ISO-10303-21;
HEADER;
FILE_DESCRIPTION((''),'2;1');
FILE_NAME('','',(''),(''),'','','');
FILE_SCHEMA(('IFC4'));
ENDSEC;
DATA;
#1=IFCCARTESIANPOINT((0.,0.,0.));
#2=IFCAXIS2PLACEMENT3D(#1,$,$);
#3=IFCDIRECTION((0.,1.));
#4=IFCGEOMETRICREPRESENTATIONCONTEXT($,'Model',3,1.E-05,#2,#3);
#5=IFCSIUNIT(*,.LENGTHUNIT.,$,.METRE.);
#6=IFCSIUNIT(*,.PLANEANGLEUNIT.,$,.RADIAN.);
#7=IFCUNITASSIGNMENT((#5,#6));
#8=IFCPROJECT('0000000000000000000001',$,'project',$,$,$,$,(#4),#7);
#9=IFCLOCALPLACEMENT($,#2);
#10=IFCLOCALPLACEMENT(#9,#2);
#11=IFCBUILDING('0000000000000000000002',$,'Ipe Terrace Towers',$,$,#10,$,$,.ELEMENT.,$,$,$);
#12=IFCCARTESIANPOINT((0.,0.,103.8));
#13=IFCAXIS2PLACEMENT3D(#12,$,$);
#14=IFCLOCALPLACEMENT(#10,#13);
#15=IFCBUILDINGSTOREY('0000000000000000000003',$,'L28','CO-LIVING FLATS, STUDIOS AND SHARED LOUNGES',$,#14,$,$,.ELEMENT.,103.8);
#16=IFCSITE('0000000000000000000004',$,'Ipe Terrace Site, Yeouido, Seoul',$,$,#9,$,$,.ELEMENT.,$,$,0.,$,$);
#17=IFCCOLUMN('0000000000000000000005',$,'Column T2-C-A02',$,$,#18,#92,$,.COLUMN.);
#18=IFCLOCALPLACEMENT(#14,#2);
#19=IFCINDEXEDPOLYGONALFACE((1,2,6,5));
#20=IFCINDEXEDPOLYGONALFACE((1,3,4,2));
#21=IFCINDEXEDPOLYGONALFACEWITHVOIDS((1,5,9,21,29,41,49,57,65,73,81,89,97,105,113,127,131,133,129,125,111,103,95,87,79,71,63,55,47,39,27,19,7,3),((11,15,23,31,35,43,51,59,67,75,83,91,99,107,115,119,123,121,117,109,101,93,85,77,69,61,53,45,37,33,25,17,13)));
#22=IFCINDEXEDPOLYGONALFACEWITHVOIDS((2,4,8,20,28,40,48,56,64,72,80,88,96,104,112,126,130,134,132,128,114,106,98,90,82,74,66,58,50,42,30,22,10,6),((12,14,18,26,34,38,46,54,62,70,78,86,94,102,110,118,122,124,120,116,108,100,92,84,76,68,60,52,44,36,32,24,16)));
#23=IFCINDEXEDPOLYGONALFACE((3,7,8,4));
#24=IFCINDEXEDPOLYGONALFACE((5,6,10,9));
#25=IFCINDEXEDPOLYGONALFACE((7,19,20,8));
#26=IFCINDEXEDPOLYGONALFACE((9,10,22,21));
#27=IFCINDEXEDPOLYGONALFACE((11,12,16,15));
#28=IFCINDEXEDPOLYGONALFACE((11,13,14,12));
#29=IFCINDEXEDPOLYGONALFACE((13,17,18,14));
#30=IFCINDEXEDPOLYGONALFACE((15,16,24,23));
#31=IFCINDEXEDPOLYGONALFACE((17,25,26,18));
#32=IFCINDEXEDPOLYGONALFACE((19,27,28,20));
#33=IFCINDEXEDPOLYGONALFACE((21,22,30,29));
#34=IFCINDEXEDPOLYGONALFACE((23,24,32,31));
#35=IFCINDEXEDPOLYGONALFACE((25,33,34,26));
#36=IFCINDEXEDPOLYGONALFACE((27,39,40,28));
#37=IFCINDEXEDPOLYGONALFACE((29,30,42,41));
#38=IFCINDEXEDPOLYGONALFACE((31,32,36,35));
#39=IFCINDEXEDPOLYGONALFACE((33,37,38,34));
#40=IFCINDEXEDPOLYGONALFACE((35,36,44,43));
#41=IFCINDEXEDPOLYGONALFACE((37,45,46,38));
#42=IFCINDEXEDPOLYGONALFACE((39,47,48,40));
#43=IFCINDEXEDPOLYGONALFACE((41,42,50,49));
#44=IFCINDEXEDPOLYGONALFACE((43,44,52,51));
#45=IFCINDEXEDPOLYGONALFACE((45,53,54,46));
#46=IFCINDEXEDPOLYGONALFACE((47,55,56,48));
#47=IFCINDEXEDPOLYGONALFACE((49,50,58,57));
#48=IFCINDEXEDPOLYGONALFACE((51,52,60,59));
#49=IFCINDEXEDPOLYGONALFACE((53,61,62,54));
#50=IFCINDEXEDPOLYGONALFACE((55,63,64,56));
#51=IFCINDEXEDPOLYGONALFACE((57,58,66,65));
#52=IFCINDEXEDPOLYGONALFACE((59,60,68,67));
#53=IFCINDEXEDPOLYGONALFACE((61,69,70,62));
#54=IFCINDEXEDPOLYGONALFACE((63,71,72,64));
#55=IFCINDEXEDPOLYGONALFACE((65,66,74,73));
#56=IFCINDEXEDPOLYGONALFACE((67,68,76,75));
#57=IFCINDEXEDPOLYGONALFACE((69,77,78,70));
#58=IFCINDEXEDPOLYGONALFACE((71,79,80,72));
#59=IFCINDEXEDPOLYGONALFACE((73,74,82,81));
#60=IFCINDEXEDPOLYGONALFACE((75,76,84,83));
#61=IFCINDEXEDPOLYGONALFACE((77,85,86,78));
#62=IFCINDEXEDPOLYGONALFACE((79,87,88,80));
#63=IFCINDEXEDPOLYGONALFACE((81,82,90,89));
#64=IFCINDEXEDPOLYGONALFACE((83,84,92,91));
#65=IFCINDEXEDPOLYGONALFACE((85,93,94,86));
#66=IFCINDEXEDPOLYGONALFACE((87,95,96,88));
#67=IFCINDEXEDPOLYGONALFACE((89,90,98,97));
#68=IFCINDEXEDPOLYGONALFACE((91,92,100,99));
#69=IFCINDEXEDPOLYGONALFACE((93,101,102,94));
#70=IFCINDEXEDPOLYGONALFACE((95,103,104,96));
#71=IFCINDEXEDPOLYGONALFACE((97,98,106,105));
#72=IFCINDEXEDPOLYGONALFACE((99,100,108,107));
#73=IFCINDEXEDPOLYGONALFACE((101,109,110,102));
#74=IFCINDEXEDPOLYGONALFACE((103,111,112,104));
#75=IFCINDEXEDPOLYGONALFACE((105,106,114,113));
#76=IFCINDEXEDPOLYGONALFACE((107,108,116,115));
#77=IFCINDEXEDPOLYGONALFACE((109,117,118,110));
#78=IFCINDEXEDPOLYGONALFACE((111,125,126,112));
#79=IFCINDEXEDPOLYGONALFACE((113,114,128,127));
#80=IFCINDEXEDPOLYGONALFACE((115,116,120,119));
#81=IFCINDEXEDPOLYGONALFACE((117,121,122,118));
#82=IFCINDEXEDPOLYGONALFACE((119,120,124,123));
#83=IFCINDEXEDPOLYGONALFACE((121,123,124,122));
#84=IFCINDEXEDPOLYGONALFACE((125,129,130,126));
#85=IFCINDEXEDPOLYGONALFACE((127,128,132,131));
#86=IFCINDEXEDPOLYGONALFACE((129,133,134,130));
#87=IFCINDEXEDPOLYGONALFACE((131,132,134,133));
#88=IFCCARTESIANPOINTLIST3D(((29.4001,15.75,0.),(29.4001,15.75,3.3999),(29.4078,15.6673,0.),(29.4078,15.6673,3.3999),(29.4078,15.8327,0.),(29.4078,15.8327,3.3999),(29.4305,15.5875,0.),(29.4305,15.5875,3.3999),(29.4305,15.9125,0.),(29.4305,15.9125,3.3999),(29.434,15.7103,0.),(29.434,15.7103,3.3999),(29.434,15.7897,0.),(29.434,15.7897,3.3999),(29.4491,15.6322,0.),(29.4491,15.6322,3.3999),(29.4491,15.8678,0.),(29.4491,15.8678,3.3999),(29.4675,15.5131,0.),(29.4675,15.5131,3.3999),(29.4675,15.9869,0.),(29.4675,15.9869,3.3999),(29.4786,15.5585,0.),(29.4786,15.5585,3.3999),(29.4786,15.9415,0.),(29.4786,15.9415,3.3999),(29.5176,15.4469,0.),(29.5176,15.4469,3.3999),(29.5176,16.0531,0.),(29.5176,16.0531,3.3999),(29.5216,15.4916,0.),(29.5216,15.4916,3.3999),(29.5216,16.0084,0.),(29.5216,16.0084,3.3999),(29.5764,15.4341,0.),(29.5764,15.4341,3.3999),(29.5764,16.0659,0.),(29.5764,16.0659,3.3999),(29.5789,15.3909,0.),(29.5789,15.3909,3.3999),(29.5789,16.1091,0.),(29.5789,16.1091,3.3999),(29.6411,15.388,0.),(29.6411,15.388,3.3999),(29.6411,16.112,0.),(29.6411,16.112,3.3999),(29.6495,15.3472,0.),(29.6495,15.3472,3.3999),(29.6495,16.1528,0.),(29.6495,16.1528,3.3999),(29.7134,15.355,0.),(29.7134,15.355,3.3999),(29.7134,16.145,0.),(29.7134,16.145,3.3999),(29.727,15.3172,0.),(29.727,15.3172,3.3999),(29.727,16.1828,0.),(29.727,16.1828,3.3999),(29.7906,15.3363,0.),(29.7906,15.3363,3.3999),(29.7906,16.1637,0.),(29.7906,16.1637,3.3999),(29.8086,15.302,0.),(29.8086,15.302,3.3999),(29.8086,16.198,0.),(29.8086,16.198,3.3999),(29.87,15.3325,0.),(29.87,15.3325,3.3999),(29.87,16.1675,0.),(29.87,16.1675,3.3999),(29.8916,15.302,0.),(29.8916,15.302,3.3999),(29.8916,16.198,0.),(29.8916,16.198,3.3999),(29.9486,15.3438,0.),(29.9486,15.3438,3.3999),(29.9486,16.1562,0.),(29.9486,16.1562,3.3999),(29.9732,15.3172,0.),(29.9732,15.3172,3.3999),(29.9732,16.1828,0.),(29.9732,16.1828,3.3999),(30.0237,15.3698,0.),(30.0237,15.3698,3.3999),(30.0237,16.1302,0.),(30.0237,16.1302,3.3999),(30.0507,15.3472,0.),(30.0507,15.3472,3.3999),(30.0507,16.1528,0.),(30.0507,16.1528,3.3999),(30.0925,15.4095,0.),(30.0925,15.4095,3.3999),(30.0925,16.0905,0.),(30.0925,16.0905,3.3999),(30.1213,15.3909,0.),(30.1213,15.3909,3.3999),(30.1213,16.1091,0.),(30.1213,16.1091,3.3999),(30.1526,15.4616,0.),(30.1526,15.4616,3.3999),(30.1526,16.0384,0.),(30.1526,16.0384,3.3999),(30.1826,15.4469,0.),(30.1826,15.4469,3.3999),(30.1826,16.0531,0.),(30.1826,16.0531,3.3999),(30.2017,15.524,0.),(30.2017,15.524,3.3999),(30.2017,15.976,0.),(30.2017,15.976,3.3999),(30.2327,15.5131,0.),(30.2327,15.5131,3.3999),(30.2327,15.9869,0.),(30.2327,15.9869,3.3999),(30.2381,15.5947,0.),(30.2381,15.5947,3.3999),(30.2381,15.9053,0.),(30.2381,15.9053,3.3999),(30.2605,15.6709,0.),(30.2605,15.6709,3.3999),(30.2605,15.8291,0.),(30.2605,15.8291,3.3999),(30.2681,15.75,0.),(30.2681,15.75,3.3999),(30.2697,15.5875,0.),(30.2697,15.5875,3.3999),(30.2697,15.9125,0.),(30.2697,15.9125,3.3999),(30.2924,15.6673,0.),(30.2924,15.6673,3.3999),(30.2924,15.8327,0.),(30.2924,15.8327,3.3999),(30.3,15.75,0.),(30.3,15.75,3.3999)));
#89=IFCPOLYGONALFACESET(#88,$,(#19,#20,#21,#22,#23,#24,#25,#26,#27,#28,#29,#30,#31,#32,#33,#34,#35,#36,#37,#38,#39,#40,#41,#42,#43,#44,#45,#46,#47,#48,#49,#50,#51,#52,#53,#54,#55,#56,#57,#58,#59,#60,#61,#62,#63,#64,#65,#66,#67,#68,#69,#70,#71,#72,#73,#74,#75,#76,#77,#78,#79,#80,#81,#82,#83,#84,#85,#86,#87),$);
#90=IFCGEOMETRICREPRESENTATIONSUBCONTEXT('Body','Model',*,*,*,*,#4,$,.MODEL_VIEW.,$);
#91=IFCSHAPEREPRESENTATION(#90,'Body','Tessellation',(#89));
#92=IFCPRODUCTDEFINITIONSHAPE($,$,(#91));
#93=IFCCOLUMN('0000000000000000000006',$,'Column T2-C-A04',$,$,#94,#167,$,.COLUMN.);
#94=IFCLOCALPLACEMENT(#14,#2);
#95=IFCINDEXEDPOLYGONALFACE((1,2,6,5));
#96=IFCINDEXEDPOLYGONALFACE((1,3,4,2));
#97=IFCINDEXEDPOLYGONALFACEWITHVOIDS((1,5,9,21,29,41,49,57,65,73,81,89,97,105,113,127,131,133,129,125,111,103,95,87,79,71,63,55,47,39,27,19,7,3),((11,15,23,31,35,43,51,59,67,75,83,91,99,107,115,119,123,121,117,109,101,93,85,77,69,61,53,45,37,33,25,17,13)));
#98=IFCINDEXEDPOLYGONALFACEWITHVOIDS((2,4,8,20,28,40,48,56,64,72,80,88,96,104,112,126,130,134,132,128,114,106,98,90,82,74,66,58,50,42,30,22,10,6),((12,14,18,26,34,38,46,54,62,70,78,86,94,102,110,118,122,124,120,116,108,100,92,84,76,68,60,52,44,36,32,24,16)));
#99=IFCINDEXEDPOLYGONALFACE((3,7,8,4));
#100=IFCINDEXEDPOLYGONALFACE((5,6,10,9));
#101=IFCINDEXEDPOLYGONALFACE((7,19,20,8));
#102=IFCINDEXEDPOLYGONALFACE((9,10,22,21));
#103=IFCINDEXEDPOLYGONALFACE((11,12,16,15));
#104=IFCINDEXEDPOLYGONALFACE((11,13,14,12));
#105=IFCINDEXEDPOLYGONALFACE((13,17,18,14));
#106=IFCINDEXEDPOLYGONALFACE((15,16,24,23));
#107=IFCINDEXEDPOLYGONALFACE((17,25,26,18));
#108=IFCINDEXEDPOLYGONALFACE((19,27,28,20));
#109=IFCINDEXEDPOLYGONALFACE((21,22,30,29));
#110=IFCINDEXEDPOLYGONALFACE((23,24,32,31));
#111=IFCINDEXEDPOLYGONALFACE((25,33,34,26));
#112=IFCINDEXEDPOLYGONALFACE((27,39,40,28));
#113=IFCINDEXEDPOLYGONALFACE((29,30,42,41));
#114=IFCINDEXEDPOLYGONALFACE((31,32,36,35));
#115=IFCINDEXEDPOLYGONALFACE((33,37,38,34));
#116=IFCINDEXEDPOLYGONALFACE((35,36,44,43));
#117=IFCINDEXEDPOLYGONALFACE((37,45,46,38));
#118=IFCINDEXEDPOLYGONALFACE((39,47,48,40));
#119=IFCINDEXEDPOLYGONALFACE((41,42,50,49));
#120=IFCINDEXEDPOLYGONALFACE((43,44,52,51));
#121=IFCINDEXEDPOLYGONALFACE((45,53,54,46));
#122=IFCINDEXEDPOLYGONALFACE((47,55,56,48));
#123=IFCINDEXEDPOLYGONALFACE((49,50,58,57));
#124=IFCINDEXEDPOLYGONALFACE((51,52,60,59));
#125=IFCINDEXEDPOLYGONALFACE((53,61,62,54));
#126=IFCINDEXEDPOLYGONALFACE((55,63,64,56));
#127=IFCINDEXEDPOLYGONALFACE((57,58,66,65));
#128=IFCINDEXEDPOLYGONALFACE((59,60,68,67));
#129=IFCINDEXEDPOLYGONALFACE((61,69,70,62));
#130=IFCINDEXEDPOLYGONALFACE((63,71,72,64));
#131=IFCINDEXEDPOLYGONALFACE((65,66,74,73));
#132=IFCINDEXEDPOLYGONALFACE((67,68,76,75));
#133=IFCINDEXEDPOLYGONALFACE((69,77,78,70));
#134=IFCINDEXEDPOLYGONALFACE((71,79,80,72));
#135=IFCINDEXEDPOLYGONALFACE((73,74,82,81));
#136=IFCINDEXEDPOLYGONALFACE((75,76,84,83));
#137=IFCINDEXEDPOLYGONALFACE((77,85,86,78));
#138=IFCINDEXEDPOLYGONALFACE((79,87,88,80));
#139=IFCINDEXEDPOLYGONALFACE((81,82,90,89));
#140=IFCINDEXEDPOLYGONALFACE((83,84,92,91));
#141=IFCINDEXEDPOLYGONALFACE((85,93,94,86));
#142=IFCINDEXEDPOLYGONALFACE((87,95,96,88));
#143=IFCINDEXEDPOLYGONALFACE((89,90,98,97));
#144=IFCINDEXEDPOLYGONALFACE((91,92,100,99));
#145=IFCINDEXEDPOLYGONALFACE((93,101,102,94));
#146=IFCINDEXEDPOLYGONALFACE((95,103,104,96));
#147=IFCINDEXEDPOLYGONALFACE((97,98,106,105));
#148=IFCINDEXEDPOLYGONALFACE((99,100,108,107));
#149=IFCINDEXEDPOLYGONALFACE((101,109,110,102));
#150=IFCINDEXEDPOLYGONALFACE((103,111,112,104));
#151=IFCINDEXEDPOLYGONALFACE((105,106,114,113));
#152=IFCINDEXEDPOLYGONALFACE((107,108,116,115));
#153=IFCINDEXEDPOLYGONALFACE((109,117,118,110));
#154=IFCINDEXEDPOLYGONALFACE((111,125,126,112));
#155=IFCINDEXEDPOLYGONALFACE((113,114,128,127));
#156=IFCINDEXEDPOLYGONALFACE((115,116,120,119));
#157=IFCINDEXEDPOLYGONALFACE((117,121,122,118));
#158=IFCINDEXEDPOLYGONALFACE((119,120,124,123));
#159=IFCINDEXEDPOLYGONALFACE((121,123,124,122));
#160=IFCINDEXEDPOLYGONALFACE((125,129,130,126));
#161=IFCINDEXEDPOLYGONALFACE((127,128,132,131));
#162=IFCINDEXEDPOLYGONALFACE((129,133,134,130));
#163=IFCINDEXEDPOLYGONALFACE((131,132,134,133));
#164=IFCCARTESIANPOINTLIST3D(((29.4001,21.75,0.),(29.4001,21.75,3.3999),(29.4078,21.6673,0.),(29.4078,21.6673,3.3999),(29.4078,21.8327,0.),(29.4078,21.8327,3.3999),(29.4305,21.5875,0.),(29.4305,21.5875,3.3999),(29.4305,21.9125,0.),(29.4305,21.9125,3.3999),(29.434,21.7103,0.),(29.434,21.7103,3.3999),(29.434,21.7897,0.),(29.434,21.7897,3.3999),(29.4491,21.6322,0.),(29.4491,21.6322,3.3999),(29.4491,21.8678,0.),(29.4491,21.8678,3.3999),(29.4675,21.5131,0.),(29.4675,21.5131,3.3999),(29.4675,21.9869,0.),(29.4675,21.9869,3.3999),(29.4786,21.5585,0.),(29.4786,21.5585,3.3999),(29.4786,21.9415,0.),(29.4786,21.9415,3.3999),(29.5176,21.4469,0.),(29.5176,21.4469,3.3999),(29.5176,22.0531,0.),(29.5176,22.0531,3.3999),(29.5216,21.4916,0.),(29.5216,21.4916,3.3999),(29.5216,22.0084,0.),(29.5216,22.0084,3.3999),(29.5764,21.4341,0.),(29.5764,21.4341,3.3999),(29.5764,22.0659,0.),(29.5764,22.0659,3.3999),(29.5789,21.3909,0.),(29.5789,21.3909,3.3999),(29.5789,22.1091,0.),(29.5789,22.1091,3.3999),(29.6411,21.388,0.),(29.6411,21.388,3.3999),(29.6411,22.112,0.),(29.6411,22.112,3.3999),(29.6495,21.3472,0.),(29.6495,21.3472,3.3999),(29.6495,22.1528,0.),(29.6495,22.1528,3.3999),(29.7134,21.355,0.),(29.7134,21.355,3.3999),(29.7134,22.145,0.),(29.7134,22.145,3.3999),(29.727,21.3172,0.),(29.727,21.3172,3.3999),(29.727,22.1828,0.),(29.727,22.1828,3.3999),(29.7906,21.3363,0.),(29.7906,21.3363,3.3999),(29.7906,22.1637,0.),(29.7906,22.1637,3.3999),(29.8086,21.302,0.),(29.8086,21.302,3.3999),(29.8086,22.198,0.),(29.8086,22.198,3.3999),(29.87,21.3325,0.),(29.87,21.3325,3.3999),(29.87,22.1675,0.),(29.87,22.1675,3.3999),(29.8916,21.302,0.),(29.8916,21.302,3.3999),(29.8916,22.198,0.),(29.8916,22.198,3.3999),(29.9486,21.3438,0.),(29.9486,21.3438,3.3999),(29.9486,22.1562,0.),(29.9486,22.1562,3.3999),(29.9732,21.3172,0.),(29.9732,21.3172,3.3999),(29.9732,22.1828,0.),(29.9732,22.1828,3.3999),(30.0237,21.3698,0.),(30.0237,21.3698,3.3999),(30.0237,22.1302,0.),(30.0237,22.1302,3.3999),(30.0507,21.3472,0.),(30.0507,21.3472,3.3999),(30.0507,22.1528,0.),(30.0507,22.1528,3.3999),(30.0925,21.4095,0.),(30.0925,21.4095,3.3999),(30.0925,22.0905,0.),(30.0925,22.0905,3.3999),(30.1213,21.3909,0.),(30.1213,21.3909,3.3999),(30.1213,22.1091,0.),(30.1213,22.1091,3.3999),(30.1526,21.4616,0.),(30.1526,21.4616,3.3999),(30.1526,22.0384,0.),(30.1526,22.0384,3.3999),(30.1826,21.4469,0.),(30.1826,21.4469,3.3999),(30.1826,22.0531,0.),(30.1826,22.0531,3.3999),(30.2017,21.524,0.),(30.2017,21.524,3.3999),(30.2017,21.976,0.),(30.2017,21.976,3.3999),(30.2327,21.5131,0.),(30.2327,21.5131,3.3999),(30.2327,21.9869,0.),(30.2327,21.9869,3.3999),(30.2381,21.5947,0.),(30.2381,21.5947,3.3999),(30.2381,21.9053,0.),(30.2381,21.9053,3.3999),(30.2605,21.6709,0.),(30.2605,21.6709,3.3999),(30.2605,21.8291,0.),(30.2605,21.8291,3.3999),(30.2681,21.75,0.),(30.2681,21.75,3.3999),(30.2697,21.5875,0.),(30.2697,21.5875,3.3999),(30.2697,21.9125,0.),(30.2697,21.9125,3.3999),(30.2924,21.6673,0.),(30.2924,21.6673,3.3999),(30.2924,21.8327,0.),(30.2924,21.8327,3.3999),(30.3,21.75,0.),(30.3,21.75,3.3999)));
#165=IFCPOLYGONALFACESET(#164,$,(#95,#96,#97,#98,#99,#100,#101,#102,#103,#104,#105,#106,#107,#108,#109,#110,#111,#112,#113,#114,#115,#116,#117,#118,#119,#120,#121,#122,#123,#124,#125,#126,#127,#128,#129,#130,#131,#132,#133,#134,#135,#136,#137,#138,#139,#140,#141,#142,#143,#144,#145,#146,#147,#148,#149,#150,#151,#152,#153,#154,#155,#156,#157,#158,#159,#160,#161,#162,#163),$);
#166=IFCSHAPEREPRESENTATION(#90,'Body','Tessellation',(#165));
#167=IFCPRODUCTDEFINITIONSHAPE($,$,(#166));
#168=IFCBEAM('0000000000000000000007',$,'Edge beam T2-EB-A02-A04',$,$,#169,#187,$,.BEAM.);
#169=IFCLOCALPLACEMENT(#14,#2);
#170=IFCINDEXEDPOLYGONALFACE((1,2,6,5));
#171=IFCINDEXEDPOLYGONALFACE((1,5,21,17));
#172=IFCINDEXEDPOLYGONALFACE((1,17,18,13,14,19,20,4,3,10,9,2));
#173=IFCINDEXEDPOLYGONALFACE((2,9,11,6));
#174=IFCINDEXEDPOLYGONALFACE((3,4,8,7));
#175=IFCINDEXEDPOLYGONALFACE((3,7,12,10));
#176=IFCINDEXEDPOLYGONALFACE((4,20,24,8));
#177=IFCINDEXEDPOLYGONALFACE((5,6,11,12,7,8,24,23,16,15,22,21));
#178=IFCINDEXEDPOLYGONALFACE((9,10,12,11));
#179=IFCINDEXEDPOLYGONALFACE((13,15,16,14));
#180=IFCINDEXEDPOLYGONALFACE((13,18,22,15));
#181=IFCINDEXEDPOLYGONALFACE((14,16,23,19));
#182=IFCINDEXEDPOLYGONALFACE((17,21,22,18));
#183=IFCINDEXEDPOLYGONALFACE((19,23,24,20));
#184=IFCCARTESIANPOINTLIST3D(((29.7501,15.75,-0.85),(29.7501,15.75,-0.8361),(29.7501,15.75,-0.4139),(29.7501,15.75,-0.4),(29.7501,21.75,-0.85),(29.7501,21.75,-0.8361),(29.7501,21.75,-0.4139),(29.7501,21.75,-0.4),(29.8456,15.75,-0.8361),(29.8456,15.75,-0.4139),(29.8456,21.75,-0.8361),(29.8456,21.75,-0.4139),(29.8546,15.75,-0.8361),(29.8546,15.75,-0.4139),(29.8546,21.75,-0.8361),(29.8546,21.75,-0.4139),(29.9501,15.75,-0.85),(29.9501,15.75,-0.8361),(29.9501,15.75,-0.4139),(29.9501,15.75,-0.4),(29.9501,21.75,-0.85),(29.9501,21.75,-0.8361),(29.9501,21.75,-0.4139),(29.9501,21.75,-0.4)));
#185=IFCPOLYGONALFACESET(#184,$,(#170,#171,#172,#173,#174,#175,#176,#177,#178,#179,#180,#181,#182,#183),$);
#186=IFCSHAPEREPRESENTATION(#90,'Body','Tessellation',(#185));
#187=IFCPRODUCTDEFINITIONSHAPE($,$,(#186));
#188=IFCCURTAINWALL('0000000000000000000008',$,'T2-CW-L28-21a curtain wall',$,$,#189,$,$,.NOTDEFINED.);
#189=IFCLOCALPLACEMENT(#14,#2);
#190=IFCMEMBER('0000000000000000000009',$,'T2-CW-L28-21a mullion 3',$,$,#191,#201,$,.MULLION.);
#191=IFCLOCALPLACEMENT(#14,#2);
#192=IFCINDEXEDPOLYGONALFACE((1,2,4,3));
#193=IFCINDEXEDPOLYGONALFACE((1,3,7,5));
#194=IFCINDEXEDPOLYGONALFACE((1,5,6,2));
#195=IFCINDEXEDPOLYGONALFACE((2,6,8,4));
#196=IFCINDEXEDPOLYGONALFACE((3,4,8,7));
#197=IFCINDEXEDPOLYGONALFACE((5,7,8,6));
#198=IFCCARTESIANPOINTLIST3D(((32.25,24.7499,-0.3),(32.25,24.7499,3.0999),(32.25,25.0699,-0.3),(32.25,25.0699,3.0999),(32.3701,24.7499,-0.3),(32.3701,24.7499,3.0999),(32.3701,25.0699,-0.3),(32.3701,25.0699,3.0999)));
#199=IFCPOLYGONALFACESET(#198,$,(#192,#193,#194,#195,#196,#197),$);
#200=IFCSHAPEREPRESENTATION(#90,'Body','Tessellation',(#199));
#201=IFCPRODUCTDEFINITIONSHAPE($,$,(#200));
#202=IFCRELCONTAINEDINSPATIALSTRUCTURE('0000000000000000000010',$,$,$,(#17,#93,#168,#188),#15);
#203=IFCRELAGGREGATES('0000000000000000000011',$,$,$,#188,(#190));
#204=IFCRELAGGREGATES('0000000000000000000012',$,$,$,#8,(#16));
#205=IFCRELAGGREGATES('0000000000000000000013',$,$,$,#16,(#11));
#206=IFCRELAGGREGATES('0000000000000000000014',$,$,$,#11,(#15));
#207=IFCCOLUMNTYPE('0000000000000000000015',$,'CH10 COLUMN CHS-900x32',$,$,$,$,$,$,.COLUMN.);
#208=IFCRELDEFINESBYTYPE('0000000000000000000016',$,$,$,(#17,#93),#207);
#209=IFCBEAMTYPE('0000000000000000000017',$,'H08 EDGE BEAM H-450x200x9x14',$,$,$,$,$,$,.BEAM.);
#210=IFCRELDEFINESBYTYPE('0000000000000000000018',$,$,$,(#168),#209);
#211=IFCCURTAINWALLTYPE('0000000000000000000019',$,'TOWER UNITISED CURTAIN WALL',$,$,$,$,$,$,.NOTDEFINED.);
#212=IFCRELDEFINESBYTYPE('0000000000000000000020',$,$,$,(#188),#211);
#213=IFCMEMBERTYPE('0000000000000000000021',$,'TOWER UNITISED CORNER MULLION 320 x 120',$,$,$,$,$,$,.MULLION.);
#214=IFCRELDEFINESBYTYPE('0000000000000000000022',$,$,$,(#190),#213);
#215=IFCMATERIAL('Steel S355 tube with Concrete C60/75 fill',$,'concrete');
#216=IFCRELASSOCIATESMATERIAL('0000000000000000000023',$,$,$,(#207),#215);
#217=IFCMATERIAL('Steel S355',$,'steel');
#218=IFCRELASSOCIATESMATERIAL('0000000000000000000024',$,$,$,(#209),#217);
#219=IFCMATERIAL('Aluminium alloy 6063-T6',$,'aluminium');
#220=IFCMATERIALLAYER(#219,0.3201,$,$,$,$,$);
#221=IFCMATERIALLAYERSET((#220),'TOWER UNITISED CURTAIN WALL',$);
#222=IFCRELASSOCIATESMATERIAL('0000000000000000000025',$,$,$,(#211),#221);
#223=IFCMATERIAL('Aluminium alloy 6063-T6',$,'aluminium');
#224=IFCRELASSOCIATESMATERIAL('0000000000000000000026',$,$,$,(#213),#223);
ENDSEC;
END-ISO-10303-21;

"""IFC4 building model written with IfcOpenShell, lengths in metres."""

from ifc_helpers import new_model, si_unit, direction, frame, origin, origin_2d, place, context, subcontext, project, spatial, rectangle, hollow_circle, i_section, extrude, material, layer, layer_set, material_profile, profile_set, type_object, element, aggregate, save


model = new_model("IFC4")

# Units and contexts
model_context = context("Model", 3, precision=1e-05, world=origin(), true_north=direction((0.0, 1.0)))
body_context = subcontext(model_context, "Body", "Model", "MODEL_VIEW")
ifc_project = project(units=[si_unit("LENGTHUNIT", "METRE"), si_unit("PLANEANGLEUNIT", "RADIAN")], contexts=[model_context])

# Site, building, storey
site_placement = place(None, origin())
site = spatial("IfcSite", under=ifc_project, at=site_placement, Name="Ipe Terrace Site, Yeouido, Seoul", CompositionType="ELEMENT", RefElevation=0.0)
building_placement = place(site_placement, origin())
building = spatial("IfcBuilding", under=site, at=building_placement, Name="Ipe Terrace Towers", CompositionType="ELEMENT")
storey_placement = place(building_placement, frame((0.0, 0.0, 103.8)))
storey = spatial("IfcBuildingStorey", under=building, at=storey_placement, Name="L28", Description="CO-LIVING FLATS, STUDIOS AND SHARED LOUNGES", CompositionType="ELEMENT", Elevation=103.8)

# Columns
ifc_material_1 = material(Name="Steel S355 tube with Concrete C60/75 fill", Category="concrete")
ifc_material_profile_1 = material_profile(ifc_material_1, hollow_circle(Radius=0.45, WallThickness=0.032, at=origin_2d()), Name="CHS-900x32")
ifc_profile_set_1 = profile_set([ifc_material_profile_1], Name="Steel S355 tube with Concrete C60/75 fill")
column_type = type_object("IfcColumnType", Name="CH10 COLUMN CHS-900x32", PredefinedType="COLUMN", material=ifc_profile_set_1)
for number, where, z_axis, x_axis, name in (
    (1, (29.8501, 15.75, 0.0), (0.0, 0.0, 1.0), (1.0, 0.0, 0.0), "Column T2-C-A02"),
    (2, (29.8501, 21.75, 0.0), (0.0, 0.0, 1.0), (1.0, 0.0, 0.0), "Column T2-C-A04"),
):
    element("IfcColumn", number, at=place(storey_placement, frame(where, z_axis=z_axis, x_axis=x_axis)), inside=storey, type_object=column_type, Name=name, PredefinedType="COLUMN", context=body_context, shape_type="SweptSolid", body=[
        extrude(hollow_circle(Radius=0.45, WallThickness=0.032, at=origin_2d()), origin(), (0.0, 0.0, 1.0), 3.3999),
    ])

# Beam
ifc_material_2 = material(Name="Steel S355", Category="steel")
ifc_material_profile_2 = material_profile(ifc_material_2, i_section(OverallWidth=0.2, OverallDepth=0.45, WebThickness=0.009, FlangeThickness=0.0139, at=origin_2d()), Name="H-450x200x9x14")
ifc_profile_set_2 = profile_set([ifc_material_profile_2], Name="Steel S355")
beam_type = type_object("IfcBeamType", Name="H08 EDGE BEAM H-450x200x9x14", PredefinedType="BEAM", material=ifc_profile_set_2)
beam_placement = place(storey_placement, frame((29.8501, 15.75, -0.625), z_axis=(0.0, 1.0, 0.0), x_axis=(-1.0, 0.0, 0.0)))
element("IfcBeam", 3, at=beam_placement, inside=storey, type_object=beam_type, Name="Edge beam T2-EB-A02-A04", PredefinedType="BEAM", context=body_context, shape_type="SweptSolid", body=[
    extrude(i_section(OverallWidth=0.2, OverallDepth=0.45, WebThickness=0.009, FlangeThickness=0.0139, at=origin_2d()), origin(), (0.0, 0.0, 1.0), 6.0),
])

# Curtain wall, member
ifc_material_3 = material(Name="Aluminium alloy 6063-T6", Category="aluminium")
ifc_layer_1 = layer(ifc_material_3, 0.3201)
ifc_layer_set_1 = layer_set([ifc_layer_1], Name="TOWER UNITISED CURTAIN WALL")
curtain_wall_type = type_object("IfcCurtainWallType", Name="TOWER UNITISED CURTAIN WALL", PredefinedType="NOTDEFINED", material=ifc_layer_set_1)
curtain_wall_1_placement = place(storey_placement, origin())
curtain_wall_1 = element("IfcCurtainWall", 4, at=curtain_wall_1_placement, inside=storey, type_object=curtain_wall_type, Name="T2-CW-L28-21a curtain wall", PredefinedType="NOTDEFINED")
ifc_material_4 = material(Name="Aluminium alloy 6063-T6", Category="aluminium")
ifc_material_profile_3 = material_profile(ifc_material_4, rectangle(XDim=0.3201, YDim=0.1201, at=origin_2d()), Name="TOWER UNITISED CORNER MULLION 320 x 120")
ifc_profile_set_3 = profile_set([ifc_material_profile_3], Name="Aluminium alloy 6063-T6")
member_type = type_object("IfcMemberType", Name="TOWER UNITISED CORNER MULLION 320 x 120", PredefinedType="MULLION", material=ifc_profile_set_3)
member_1_placement = place(storey_placement, frame((32.3101, 24.9099, -0.3), z_axis=(0.0, 0.0, 1.0), x_axis=(0.0, 1.0, 0.0)))
member_1 = element("IfcMember", 5, at=member_1_placement, type_object=member_type, Name="T2-CW-L28-21a mullion 3", PredefinedType="MULLION", context=body_context, shape_type="SweptSolid", body=[
    extrude(rectangle(XDim=0.3201, YDim=0.1201, at=origin_2d()), origin(), (0.0, 0.0, 1.0), 3.3999),
])

aggregate(curtain_wall_1, [member_1])

save(model, "model.ifc")
